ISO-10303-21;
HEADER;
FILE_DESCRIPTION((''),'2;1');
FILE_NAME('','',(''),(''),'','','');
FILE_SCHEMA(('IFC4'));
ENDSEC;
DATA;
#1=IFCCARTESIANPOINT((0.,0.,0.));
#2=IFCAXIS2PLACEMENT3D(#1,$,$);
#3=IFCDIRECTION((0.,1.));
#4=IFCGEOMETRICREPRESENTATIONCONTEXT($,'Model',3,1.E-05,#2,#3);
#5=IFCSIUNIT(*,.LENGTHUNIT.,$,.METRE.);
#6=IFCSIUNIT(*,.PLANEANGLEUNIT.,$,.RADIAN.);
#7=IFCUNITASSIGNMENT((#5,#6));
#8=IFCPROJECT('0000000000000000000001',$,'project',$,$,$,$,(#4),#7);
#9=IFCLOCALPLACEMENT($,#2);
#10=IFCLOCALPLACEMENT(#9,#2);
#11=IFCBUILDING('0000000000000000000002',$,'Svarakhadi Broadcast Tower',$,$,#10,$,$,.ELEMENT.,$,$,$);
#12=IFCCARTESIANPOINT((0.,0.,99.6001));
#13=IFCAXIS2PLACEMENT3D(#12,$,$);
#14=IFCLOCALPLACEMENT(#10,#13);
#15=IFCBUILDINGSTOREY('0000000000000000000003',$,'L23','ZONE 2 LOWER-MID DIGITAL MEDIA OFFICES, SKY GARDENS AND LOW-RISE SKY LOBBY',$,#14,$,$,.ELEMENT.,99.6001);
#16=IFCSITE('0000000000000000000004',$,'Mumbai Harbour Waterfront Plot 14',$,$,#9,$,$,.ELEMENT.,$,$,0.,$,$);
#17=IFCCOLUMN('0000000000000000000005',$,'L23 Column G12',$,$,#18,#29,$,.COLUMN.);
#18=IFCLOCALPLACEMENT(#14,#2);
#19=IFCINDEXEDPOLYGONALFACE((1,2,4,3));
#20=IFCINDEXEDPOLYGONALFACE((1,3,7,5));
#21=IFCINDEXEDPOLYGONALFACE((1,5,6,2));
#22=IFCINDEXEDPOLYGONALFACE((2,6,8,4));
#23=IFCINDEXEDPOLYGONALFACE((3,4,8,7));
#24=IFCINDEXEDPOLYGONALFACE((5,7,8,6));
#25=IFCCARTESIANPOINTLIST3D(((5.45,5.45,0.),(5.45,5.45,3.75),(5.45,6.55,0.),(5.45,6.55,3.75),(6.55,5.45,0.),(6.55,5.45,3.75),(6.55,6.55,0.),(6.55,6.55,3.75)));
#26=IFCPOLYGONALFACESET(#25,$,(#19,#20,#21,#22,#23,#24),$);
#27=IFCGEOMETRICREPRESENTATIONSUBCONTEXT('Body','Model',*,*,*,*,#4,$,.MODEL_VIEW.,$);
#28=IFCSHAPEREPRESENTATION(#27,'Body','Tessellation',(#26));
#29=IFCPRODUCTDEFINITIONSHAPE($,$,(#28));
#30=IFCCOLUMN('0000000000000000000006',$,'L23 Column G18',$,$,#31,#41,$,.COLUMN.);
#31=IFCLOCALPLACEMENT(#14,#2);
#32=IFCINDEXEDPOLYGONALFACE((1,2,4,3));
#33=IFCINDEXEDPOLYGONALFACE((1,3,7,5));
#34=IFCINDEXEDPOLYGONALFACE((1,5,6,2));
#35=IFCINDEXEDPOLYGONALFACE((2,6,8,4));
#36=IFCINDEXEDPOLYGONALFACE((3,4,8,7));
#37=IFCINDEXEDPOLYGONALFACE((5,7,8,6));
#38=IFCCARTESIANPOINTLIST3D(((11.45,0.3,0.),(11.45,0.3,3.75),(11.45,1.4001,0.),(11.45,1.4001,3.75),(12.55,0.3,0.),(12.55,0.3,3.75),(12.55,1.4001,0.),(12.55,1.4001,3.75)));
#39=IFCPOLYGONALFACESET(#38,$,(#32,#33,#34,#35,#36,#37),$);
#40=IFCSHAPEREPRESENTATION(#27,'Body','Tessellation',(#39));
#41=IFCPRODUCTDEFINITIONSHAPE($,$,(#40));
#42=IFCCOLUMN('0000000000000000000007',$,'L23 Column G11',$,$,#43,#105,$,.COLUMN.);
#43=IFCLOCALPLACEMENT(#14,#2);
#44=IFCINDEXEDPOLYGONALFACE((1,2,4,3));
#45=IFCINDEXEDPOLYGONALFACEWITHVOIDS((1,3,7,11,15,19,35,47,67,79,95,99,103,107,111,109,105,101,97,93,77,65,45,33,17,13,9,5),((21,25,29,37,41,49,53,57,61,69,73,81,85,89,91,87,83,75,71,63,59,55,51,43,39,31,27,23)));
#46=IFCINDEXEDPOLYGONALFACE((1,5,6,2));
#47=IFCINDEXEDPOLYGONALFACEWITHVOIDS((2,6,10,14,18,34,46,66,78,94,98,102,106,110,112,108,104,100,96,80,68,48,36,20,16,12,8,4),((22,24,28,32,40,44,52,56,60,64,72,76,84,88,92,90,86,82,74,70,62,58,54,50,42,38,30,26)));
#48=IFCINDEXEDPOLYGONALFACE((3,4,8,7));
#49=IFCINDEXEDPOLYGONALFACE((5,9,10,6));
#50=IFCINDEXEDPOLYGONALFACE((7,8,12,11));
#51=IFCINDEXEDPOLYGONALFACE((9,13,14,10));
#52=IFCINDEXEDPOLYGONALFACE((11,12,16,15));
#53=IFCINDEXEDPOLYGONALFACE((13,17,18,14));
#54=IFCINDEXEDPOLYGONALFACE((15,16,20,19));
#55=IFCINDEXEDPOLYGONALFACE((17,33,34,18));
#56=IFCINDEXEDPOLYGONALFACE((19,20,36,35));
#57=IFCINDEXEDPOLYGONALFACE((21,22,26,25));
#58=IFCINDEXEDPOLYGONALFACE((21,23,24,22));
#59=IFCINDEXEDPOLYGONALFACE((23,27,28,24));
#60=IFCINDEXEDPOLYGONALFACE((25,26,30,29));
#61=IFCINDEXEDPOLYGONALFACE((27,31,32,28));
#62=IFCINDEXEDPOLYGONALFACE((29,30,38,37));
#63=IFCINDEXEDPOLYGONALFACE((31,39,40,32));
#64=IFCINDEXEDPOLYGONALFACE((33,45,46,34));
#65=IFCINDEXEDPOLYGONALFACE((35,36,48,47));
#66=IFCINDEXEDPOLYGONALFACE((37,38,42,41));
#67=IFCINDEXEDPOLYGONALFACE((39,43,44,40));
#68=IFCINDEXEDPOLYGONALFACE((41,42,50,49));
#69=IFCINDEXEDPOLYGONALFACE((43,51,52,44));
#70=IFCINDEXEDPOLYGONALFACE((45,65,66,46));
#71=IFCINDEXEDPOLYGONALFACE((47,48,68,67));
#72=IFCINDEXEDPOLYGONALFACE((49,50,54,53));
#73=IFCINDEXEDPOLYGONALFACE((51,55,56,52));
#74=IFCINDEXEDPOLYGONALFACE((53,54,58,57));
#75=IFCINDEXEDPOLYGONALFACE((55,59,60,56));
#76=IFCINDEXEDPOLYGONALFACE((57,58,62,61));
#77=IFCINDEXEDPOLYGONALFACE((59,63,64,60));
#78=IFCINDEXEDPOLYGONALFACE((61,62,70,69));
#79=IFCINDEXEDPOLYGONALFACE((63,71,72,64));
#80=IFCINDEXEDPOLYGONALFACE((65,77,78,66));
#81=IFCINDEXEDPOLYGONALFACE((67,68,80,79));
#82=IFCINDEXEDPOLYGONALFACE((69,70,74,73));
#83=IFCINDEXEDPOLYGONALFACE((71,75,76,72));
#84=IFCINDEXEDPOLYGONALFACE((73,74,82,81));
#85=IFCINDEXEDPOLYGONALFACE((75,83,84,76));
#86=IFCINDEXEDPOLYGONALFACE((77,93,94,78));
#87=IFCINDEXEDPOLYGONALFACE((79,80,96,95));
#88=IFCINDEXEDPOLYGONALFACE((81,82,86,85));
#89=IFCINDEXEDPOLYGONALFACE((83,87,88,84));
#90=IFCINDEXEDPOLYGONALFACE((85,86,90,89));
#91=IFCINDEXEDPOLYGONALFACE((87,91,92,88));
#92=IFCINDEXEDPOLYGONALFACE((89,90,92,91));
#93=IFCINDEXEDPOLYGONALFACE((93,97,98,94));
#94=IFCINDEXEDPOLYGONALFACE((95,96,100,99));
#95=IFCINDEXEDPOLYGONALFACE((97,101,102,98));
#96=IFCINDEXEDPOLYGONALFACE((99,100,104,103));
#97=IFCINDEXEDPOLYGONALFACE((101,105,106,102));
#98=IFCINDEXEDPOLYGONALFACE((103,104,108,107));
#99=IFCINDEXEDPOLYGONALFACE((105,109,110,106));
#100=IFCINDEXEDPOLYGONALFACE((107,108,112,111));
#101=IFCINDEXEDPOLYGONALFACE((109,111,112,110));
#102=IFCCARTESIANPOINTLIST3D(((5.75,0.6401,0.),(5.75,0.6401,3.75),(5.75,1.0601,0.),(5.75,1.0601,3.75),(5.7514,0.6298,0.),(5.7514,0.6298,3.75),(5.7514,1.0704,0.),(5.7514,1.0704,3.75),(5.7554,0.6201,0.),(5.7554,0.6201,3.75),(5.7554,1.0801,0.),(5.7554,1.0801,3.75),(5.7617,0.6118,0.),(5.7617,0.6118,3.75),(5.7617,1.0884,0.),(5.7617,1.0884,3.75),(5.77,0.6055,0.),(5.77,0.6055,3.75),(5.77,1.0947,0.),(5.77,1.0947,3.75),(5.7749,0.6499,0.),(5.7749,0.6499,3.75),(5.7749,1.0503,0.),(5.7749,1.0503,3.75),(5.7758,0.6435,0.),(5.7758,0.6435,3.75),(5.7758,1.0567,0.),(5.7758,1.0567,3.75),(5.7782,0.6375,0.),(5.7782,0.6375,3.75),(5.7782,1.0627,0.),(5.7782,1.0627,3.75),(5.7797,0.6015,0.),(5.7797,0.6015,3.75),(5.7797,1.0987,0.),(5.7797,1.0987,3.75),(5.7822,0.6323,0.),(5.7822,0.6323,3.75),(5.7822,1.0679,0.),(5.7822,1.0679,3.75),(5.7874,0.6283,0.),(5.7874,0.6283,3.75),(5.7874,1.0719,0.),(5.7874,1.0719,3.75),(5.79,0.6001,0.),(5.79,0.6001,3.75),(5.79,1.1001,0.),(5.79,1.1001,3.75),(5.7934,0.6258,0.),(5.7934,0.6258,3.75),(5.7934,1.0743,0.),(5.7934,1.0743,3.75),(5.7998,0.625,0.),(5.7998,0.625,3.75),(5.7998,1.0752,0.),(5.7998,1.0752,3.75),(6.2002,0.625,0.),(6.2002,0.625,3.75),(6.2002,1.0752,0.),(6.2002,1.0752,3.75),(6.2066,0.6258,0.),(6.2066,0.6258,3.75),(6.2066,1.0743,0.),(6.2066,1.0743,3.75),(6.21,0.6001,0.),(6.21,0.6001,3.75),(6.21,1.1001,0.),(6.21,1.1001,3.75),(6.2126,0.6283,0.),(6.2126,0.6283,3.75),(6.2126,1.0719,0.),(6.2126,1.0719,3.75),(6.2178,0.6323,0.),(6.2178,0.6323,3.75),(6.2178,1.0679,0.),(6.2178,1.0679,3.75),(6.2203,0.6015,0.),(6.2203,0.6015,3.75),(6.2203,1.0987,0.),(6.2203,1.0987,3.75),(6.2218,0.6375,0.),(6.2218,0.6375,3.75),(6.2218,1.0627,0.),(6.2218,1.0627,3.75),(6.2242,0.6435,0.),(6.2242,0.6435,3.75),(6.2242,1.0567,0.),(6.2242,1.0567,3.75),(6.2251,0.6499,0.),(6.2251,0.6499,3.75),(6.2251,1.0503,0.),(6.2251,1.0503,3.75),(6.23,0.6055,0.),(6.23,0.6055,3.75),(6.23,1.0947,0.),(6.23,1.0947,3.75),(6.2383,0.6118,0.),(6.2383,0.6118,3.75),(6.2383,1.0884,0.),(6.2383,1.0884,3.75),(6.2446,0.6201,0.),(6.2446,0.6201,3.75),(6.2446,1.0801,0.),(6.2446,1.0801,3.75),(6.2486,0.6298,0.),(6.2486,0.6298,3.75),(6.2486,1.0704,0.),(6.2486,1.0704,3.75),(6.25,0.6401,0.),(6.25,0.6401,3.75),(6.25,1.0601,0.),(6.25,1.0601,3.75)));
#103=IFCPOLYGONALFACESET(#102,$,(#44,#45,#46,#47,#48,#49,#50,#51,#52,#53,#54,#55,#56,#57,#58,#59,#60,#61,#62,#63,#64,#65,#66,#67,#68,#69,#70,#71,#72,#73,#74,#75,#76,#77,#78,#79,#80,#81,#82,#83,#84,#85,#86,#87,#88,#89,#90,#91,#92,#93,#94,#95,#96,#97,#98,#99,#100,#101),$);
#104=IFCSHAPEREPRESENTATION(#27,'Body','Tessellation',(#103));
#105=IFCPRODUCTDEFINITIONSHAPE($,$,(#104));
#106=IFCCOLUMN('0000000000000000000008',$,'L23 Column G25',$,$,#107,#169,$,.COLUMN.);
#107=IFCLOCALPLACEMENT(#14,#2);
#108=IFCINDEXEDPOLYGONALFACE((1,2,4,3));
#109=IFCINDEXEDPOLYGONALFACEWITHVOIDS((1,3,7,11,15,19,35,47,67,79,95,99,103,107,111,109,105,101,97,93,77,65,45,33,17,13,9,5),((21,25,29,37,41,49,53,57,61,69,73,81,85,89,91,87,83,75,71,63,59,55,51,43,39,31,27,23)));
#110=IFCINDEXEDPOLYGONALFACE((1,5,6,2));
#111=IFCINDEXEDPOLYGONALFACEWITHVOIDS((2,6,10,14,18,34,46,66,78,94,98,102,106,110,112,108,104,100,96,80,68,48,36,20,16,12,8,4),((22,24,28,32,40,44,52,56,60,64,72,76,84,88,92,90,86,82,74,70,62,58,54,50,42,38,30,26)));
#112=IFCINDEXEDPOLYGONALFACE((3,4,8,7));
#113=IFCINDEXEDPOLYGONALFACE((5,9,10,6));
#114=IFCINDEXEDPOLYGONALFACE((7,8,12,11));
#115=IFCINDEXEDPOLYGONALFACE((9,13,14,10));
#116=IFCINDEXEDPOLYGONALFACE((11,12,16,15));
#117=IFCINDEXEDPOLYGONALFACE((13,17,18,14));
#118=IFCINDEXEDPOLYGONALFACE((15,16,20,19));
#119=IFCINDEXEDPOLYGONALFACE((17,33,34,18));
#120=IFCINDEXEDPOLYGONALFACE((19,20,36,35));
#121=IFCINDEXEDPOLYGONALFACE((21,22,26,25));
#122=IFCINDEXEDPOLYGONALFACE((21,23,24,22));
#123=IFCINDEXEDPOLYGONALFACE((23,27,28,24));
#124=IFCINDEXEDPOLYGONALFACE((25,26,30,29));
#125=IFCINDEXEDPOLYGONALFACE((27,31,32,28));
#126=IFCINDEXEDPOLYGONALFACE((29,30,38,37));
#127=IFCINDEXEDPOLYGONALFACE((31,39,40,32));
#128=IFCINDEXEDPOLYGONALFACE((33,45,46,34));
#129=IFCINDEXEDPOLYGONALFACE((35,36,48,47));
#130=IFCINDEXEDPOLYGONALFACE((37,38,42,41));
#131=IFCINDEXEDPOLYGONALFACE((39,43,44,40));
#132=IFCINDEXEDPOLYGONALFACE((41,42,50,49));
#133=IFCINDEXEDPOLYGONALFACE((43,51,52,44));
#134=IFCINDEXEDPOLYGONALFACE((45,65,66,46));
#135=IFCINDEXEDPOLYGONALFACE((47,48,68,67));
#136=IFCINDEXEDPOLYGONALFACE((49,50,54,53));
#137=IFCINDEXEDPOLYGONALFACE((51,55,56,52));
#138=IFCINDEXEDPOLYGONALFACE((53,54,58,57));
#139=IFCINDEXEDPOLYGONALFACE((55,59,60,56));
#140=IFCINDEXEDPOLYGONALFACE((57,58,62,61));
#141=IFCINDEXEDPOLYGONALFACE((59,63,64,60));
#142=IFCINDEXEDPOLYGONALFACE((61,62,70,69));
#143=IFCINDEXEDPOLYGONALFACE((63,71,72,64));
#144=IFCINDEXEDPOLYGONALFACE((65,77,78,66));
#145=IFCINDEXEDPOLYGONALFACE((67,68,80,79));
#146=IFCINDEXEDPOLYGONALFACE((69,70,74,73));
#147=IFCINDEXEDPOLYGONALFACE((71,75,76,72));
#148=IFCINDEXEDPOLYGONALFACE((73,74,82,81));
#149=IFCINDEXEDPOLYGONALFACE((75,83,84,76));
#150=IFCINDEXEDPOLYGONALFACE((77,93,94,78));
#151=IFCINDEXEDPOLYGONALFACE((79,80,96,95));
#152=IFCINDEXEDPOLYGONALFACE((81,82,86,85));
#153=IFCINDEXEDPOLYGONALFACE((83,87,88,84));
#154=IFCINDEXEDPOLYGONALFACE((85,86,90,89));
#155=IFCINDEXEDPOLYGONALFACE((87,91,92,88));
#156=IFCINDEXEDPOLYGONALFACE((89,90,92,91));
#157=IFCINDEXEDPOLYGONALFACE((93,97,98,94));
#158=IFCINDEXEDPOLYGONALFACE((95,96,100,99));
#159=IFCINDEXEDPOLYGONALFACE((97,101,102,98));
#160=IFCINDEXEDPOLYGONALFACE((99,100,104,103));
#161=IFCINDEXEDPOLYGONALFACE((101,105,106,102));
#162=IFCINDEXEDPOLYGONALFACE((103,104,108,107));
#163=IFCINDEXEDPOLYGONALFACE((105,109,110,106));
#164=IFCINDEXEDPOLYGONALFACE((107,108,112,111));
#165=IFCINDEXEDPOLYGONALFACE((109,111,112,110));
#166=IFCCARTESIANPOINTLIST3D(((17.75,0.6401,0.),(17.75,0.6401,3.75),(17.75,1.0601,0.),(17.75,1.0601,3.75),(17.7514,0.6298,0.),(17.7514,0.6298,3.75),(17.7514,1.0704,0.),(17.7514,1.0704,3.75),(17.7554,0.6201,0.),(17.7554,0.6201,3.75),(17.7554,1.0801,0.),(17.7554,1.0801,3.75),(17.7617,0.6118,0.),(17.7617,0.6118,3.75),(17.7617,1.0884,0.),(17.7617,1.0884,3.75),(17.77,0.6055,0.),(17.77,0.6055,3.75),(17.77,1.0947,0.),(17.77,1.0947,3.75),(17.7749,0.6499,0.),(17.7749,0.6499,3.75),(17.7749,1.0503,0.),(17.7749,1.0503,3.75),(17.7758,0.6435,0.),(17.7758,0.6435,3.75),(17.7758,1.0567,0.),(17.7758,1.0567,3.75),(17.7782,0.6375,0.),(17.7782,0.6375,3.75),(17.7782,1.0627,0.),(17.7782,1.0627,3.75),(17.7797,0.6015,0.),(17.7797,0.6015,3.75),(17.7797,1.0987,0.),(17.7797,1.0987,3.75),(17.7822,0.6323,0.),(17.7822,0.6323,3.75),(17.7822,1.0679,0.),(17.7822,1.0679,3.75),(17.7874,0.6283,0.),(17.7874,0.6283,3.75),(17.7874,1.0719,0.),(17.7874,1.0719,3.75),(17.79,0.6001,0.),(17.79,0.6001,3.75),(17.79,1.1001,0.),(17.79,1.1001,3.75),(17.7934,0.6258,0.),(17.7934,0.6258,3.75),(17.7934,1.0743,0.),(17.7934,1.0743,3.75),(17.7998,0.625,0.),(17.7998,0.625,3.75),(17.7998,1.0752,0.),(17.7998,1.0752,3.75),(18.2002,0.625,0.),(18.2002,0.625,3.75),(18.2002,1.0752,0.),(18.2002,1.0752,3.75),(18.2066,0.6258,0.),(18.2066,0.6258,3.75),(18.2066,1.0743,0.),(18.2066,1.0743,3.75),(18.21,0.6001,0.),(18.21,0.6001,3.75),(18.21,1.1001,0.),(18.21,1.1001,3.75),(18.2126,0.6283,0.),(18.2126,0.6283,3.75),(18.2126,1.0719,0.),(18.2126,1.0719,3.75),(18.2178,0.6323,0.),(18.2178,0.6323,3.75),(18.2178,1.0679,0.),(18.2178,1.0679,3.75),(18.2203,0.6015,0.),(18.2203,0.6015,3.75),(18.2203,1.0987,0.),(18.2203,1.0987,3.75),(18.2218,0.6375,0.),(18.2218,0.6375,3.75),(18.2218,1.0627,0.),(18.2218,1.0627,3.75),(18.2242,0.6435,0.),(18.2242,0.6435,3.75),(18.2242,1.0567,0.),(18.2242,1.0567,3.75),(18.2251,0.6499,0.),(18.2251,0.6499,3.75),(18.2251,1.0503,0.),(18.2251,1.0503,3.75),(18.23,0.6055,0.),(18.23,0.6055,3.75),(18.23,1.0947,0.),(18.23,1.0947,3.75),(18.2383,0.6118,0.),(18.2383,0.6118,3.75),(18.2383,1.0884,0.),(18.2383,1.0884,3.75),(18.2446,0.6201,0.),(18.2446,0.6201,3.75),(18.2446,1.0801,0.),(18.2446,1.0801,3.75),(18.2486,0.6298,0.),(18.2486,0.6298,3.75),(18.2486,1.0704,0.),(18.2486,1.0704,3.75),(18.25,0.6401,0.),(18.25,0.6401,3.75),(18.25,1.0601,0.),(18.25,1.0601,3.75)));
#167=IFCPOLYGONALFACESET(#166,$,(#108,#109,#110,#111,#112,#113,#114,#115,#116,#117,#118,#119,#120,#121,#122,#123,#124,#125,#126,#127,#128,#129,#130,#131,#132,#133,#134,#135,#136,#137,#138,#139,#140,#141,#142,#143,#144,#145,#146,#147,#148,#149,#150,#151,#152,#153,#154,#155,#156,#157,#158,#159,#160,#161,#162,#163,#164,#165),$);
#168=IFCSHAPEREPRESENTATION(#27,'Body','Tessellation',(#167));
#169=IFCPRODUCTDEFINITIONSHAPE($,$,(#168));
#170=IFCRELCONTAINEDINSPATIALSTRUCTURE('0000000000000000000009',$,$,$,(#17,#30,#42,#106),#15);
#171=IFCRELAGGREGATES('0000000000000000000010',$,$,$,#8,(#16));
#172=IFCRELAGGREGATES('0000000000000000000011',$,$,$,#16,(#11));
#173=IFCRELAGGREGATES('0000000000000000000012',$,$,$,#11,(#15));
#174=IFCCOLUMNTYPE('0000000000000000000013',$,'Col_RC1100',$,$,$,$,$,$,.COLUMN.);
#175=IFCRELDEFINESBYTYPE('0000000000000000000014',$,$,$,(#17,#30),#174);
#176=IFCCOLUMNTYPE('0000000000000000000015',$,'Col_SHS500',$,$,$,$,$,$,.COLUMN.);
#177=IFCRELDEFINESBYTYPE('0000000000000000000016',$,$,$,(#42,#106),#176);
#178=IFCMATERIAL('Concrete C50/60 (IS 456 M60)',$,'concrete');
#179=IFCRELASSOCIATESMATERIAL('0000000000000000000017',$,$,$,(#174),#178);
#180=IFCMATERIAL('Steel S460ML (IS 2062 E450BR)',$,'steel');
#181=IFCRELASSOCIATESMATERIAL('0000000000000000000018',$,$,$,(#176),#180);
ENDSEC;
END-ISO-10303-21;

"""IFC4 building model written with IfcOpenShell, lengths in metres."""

from ifc_helpers import new_model, si_unit, direction, frame, origin, origin_2d, place, context, subcontext, project, spatial, rectangle, hollow_rectangle, extrude, material, material_profile, profile_set, type_object, element, save


model = new_model("IFC4")

# Units and contexts
model_context = context("Model", 3, precision=1e-05, world=origin(), true_north=direction((0.0, 1.0)))
body_context = subcontext(model_context, "Body", "Model", "MODEL_VIEW")
ifc_project = project(units=[si_unit("LENGTHUNIT", "METRE"), si_unit("PLANEANGLEUNIT", "RADIAN")], contexts=[model_context])

# Site, building, storey
site_placement = place(None, origin())
site = spatial("IfcSite", under=ifc_project, at=site_placement, Name="Mumbai Harbour Waterfront Plot 14", CompositionType="ELEMENT", RefElevation=0.0)
building_placement = place(site_placement, origin())
building = spatial("IfcBuilding", under=site, at=building_placement, Name="Svarakhadi Broadcast Tower", CompositionType="ELEMENT")
storey_placement = place(building_placement, frame((0.0, 0.0, 99.6001)))
storey = spatial("IfcBuildingStorey", under=building, at=storey_placement, Name="L23", Description="ZONE 2 LOWER-MID DIGITAL MEDIA OFFICES, SKY GARDENS AND LOW-RISE SKY LOBBY", CompositionType="ELEMENT", Elevation=99.6001)

# Columns
ifc_material_1 = material(Name="Concrete C50/60 (IS 456 M60)", Category="concrete")
ifc_material_profile_1 = material_profile(ifc_material_1, rectangle(XDim=1.1001, YDim=1.1001, at=origin_2d()), Name="RC 1100x1100")
ifc_profile_set_1 = profile_set([ifc_material_profile_1], Name="Concrete C50/60 (IS 456 M60)")
column_type_1 = type_object("IfcColumnType", Name="Col_RC1100", PredefinedType="COLUMN", material=ifc_profile_set_1)
for number, where, z_axis, x_axis, name in (
    (1, (6.0, 6.0, 0.0), (0.0, 0.0, 1.0), (1.0, 0.0, 0.0), "L23 Column G12"),
    (2, (12.0, 0.8501, 0.0), (0.0, 0.0, 1.0), (1.0, 0.0, 0.0), "L23 Column G18"),
):
    element("IfcColumn", number, at=place(storey_placement, frame(where, z_axis=z_axis, x_axis=x_axis)), inside=storey, type_object=column_type_1, Name=name, PredefinedType="COLUMN", context=body_context, shape_type="SweptSolid", body=[
        extrude(rectangle(XDim=1.1001, YDim=1.1001, at=origin_2d()), origin(), (0.0, 0.0, 1.0), 3.75),
    ])
ifc_material_2 = material(Name="Steel S460ML (IS 2062 E450BR)", Category="steel")
ifc_material_profile_2 = material_profile(ifc_material_2, hollow_rectangle(XDim=0.5, YDim=0.5, WallThickness=0.0249, InnerFilletRadius=0.0249, OuterFilletRadius=0.04, at=origin_2d()), Name="SHS 500x500x25")
ifc_profile_set_2 = profile_set([ifc_material_profile_2], Name="Steel S460ML (IS 2062 E450BR)")
column_type_2 = type_object("IfcColumnType", Name="Col_SHS500", PredefinedType="COLUMN", material=ifc_profile_set_2)
for number, where, z_axis, x_axis, name in (
    (3, (6.0, 0.8501, 0.0), (0.0, 0.0, 1.0), (1.0, 0.0, 0.0), "L23 Column G11"),
    (4, (18.0, 0.8501, 0.0), (0.0, 0.0, 1.0), (1.0, 0.0, 0.0), "L23 Column G25"),
):
    element("IfcColumn", number, at=place(storey_placement, frame(where, z_axis=z_axis, x_axis=x_axis)), inside=storey, type_object=column_type_2, Name=name, PredefinedType="COLUMN", context=body_context, shape_type="SweptSolid", body=[
        extrude(hollow_rectangle(XDim=0.5, YDim=0.5, WallThickness=0.0249, InnerFilletRadius=0.0249, OuterFilletRadius=0.04, at=origin_2d()), origin(), (0.0, 0.0, 1.0), 3.75),
    ])

save(model, "model.ifc")
